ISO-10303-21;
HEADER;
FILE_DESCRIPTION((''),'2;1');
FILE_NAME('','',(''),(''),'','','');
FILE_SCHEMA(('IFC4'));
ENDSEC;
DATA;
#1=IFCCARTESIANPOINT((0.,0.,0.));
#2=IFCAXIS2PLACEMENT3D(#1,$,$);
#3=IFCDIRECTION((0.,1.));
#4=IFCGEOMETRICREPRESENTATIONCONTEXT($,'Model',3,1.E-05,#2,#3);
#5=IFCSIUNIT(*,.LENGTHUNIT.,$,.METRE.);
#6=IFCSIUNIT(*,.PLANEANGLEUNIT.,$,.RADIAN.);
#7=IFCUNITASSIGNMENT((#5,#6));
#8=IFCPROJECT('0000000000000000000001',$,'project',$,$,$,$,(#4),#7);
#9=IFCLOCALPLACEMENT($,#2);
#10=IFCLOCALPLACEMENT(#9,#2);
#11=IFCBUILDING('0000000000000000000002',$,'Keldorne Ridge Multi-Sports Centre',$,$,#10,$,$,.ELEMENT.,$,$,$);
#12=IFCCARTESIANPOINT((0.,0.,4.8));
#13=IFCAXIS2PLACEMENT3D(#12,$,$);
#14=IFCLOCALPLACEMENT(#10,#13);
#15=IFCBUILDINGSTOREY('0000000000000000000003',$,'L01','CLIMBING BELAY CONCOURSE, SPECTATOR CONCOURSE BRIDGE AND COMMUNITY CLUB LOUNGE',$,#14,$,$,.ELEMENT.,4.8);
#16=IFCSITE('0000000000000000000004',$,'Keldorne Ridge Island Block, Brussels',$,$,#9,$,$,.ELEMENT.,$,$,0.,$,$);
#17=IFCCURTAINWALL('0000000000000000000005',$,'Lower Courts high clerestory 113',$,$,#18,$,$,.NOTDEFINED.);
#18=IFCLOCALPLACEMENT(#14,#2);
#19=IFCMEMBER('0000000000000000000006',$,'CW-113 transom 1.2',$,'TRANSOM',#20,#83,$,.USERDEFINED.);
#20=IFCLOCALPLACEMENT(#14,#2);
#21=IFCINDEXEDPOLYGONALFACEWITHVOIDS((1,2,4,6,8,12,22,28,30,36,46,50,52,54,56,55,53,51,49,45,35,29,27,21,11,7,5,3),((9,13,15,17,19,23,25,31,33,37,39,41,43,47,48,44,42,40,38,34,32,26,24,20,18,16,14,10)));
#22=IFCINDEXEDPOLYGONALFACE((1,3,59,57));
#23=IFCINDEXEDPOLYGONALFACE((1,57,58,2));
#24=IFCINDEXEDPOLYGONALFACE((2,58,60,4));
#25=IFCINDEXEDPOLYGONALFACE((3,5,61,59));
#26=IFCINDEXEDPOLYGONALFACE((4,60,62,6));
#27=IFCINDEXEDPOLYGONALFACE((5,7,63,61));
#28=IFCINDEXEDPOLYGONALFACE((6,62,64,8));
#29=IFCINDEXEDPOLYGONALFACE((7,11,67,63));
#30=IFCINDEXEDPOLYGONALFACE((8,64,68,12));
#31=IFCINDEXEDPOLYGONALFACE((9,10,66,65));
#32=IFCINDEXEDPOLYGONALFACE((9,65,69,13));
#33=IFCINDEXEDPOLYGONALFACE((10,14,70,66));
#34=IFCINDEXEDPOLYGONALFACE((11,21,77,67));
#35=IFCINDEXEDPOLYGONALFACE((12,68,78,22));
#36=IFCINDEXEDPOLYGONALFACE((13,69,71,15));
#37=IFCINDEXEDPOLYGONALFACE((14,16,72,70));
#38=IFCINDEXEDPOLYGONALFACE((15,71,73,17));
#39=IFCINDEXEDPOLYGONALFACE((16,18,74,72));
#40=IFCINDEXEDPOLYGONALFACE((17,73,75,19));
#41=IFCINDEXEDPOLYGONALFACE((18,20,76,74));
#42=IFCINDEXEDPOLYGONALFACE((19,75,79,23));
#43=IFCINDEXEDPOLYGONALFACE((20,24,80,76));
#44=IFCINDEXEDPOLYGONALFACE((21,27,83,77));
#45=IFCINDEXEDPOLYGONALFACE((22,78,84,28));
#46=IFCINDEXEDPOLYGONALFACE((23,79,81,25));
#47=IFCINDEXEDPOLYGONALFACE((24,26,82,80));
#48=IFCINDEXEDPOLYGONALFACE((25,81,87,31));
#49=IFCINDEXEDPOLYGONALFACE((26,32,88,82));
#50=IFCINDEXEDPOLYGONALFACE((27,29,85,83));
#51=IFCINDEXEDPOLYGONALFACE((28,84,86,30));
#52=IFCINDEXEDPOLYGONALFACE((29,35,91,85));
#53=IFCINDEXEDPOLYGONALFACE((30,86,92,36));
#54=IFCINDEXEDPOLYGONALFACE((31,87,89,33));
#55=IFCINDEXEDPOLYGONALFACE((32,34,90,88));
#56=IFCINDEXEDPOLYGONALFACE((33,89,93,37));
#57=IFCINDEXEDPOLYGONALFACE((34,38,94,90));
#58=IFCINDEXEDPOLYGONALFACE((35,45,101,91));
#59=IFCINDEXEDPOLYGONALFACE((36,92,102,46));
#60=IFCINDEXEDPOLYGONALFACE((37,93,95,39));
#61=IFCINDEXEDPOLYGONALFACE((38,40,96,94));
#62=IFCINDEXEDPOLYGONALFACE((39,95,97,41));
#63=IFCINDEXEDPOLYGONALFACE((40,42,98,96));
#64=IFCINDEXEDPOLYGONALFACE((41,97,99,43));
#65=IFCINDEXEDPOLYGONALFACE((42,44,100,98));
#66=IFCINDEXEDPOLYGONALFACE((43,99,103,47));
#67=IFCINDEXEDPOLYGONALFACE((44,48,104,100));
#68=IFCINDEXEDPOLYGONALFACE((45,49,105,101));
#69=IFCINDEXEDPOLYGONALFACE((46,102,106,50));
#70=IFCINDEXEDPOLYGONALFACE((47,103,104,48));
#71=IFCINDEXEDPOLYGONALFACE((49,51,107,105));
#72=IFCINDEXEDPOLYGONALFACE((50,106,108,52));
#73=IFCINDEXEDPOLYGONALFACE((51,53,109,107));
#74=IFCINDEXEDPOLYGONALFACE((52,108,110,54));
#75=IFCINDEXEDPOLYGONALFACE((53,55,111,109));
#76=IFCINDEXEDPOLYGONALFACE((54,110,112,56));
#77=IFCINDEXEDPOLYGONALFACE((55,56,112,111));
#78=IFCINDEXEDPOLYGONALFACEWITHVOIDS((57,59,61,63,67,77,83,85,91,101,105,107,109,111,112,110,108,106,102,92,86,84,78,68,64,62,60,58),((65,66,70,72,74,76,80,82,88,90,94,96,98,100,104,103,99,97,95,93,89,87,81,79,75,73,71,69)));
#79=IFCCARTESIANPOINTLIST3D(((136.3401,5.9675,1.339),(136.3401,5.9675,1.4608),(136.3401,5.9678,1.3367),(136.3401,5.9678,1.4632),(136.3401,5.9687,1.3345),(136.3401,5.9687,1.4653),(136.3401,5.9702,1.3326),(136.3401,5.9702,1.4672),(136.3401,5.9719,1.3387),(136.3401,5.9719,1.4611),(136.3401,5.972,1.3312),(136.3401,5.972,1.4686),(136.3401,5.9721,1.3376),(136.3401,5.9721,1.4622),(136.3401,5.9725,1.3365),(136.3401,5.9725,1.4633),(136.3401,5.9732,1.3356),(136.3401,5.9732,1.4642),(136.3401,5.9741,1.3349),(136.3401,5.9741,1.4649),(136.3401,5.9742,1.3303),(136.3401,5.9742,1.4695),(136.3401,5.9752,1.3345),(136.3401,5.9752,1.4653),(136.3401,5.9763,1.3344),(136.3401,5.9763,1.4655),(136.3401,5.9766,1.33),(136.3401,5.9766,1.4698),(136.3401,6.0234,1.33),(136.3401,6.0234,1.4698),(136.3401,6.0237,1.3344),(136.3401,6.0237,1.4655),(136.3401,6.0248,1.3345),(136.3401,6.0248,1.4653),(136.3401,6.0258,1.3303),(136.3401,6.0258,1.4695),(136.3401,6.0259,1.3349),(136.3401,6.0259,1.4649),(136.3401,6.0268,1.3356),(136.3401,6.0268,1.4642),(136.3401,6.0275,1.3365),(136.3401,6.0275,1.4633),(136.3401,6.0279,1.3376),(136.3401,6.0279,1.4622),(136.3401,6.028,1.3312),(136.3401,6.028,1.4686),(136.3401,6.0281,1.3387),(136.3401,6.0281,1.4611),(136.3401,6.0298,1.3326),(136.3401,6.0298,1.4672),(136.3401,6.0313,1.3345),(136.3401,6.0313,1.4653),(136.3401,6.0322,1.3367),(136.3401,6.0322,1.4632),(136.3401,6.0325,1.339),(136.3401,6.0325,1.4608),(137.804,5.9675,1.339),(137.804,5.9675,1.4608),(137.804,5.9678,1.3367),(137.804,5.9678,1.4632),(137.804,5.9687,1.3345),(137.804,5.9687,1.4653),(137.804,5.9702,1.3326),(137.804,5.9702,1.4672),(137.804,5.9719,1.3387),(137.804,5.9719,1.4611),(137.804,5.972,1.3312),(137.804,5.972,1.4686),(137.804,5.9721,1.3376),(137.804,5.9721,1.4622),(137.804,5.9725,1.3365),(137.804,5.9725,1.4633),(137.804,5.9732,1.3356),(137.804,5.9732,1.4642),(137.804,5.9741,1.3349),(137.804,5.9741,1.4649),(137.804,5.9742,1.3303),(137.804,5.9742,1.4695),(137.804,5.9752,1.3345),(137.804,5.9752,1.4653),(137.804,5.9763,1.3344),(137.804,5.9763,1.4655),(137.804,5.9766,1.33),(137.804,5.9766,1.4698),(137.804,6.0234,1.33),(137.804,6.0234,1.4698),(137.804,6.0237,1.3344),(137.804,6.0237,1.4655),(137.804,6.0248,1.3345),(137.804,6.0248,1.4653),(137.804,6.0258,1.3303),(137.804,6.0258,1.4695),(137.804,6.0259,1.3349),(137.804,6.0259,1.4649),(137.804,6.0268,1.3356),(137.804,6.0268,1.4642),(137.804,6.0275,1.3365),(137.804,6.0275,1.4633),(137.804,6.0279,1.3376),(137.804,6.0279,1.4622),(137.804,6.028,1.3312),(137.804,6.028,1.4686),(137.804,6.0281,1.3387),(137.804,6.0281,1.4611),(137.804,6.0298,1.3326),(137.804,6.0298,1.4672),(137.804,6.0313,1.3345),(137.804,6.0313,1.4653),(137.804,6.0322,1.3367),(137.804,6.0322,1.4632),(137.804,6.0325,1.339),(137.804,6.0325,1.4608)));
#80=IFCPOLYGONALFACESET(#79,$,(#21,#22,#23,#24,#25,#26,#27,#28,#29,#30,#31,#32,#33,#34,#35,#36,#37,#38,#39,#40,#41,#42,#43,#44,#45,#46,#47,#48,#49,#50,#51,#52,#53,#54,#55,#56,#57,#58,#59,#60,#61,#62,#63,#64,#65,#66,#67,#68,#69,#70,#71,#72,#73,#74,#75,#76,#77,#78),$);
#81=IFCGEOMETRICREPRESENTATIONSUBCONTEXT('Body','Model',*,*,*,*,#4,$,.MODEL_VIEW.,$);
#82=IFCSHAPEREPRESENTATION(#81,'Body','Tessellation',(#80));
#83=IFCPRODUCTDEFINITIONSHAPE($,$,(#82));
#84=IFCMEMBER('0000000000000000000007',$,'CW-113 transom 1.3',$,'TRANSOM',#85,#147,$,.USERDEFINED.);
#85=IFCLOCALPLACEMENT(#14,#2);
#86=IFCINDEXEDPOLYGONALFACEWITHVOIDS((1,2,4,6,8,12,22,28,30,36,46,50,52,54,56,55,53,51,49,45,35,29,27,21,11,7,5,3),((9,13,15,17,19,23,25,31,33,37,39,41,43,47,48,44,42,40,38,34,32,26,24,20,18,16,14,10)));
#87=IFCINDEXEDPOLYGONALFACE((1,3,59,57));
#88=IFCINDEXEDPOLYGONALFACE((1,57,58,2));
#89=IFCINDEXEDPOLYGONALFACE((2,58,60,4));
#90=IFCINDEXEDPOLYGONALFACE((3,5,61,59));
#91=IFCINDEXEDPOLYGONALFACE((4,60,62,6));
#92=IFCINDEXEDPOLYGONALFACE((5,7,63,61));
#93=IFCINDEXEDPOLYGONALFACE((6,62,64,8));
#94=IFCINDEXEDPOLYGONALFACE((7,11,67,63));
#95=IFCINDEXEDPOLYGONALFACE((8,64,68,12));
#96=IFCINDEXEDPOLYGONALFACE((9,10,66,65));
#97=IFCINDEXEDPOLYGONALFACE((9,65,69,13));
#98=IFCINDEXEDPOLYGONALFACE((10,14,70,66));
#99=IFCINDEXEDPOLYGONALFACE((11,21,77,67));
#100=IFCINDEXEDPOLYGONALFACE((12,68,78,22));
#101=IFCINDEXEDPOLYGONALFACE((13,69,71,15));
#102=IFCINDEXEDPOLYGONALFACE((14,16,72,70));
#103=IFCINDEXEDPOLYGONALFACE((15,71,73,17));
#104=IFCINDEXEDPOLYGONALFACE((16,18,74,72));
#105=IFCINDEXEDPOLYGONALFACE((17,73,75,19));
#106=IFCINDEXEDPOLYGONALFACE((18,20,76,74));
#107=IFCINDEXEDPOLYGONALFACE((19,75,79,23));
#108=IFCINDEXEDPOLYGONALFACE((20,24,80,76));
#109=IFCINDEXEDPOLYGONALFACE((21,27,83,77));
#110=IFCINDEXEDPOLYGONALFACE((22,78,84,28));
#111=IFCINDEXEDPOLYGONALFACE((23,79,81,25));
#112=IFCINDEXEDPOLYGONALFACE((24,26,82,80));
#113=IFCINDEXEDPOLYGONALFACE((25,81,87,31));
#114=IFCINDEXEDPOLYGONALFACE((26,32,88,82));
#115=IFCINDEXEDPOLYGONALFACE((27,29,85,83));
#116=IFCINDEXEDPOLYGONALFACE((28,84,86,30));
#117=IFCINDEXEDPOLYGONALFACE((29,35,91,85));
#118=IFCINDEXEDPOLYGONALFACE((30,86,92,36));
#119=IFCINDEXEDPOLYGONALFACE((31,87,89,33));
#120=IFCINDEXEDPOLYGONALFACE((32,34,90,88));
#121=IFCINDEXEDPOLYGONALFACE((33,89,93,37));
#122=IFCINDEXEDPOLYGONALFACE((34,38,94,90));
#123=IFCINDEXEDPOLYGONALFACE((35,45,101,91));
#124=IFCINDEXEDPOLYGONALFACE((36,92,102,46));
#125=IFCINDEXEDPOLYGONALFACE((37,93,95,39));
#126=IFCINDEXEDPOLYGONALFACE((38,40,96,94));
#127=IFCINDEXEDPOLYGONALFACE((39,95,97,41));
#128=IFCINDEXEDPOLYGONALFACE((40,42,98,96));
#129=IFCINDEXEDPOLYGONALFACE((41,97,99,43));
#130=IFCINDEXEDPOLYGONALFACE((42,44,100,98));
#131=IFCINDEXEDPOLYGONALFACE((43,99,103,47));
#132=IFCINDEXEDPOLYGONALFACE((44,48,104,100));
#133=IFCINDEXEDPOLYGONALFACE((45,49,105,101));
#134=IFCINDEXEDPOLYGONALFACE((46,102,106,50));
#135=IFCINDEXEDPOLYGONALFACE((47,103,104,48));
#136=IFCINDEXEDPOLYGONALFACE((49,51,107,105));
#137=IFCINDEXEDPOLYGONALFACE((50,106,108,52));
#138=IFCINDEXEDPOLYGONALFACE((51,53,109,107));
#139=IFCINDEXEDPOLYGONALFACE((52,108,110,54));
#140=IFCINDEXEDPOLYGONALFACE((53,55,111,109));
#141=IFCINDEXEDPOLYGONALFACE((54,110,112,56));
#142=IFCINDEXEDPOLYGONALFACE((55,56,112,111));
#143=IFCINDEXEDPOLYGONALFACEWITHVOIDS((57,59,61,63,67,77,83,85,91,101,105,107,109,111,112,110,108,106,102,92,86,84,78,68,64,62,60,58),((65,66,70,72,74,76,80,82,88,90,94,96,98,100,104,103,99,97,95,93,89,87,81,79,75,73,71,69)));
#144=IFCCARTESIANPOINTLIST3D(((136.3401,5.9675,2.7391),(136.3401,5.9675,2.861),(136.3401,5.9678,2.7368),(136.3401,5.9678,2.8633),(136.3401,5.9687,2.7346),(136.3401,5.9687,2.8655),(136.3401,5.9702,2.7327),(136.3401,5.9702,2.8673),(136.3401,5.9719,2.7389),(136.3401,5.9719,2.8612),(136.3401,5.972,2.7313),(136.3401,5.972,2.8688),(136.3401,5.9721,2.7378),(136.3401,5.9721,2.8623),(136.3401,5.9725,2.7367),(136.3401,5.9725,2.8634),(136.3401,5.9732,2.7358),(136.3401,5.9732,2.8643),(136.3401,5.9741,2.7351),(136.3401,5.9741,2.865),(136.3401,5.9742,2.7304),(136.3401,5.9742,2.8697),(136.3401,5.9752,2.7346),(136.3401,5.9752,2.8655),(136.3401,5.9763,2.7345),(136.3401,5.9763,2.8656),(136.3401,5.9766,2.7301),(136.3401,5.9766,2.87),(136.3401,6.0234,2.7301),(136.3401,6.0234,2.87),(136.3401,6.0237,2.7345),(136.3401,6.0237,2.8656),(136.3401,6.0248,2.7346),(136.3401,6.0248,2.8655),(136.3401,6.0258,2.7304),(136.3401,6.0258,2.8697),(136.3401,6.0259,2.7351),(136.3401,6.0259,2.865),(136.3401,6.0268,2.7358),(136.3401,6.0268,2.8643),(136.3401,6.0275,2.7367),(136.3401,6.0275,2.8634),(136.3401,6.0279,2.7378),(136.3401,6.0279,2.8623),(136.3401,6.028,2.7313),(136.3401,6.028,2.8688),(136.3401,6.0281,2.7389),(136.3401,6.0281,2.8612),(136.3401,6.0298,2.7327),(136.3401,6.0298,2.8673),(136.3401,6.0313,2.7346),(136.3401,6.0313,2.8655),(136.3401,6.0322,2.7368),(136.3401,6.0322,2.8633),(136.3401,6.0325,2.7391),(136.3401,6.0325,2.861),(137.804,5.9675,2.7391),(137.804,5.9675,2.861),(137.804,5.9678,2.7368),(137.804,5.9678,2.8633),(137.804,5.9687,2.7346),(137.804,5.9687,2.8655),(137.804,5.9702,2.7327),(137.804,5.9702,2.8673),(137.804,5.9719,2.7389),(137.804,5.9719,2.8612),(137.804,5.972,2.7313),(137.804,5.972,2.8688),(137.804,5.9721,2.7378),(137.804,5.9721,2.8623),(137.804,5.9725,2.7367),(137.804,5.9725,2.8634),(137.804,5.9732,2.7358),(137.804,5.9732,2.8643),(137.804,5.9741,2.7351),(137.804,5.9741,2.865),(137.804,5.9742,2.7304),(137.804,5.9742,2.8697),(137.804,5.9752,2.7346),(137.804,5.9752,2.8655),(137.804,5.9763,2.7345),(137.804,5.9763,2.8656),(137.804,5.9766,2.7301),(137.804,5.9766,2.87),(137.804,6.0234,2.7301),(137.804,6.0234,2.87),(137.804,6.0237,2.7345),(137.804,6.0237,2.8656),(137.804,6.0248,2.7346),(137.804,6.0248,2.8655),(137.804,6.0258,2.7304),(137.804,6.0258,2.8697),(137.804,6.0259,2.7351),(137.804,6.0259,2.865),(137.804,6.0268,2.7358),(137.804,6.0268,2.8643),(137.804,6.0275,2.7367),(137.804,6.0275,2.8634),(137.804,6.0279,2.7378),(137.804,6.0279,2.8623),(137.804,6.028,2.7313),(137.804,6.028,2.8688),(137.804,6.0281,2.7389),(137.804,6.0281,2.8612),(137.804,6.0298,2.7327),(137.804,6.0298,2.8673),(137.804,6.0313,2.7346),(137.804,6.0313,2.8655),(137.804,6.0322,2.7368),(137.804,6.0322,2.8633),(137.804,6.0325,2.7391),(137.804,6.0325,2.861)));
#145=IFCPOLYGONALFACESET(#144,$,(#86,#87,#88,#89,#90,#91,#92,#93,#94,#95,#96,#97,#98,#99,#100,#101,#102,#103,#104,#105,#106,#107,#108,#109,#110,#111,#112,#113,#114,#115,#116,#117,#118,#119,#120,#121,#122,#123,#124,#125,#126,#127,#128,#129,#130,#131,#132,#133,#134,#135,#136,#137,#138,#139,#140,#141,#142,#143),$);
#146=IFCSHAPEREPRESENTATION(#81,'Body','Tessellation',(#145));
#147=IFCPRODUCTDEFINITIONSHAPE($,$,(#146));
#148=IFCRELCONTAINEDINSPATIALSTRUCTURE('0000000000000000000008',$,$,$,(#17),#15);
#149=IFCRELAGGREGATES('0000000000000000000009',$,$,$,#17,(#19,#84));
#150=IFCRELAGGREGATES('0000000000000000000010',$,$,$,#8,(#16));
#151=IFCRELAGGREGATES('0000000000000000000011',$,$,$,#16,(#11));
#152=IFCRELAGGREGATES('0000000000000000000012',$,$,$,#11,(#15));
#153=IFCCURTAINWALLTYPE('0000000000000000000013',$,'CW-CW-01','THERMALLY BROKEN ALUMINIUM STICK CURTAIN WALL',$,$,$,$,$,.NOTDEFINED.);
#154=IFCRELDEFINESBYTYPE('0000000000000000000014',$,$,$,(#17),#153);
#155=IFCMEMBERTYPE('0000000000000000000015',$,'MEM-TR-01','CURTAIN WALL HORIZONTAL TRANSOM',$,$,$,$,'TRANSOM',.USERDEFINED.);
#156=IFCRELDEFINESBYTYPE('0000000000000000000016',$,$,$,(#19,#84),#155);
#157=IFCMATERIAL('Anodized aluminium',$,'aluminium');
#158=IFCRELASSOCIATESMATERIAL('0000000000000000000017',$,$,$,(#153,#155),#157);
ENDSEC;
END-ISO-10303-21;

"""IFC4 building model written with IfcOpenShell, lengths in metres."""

from ifc_helpers import new_model, si_unit, direction, frame, origin, origin_2d, place, context, subcontext, project, spatial, hollow_rectangle, extrude, material, material_profile, profile_set, type_object, element, aggregate, save


model = new_model("IFC4")

# Units and contexts
model_context = context("Model", 3, precision=1e-05, world=origin(), true_north=direction((0.0, 1.0)))
body_context = subcontext(model_context, "Body", "Model", "MODEL_VIEW")
ifc_project = project(units=[si_unit("LENGTHUNIT", "METRE"), si_unit("PLANEANGLEUNIT", "RADIAN")], contexts=[model_context])

# Site, building, storey
site_placement = place(None, origin())
site = spatial("IfcSite", under=ifc_project, at=site_placement, Name="Keldorne Ridge Island Block, Brussels", CompositionType="ELEMENT", RefElevation=0.0)
building_placement = place(site_placement, origin())
building = spatial("IfcBuilding", under=site, at=building_placement, Name="Keldorne Ridge Multi-Sports Centre", CompositionType="ELEMENT")
storey_placement = place(building_placement, frame((0.0, 0.0, 4.8)))
storey = spatial("IfcBuildingStorey", under=building, at=storey_placement, Name="L01", Description="CLIMBING BELAY CONCOURSE, SPECTATOR CONCOURSE BRIDGE AND COMMUNITY CLUB LOUNGE", CompositionType="ELEMENT", Elevation=4.8)

# Curtain wall, members
ifc_material_1 = material(Name="Anodized aluminium", Category="aluminium")
curtain_wall_type = type_object("IfcCurtainWallType", Name="CW-CW-01", Description="THERMALLY BROKEN ALUMINIUM STICK CURTAIN WALL", PredefinedType="NOTDEFINED", material=ifc_material_1)
curtain_wall_placement = place(storey_placement, origin())
curtain_wall = element("IfcCurtainWall", 1, at=curtain_wall_placement, inside=storey, type_object=curtain_wall_type, Name="Lower Courts high clerestory 113", PredefinedType="NOTDEFINED")
ifc_material_profile_1 = material_profile(ifc_material_1, hollow_rectangle(XDim=0.0649, YDim=0.1399, WallThickness=0.0044, InnerFilletRadius=0.0044, OuterFilletRadius=0.009, at=origin_2d()), Name="ALU TRANSOM 140x65x4.5")
ifc_profile_set_1 = profile_set([ifc_material_profile_1], Name="Anodized aluminium")
member_type_1 = type_object("IfcMemberType", Name="MEM-TR-01", Description="CURTAIN WALL HORIZONTAL TRANSOM", ElementType="TRANSOM", PredefinedType="USERDEFINED", material=ifc_profile_set_1)
member_1_placement = place(storey_placement, frame((136.3401, 6.0, 1.3999), z_axis=(1.0, 0.0, 0.0), x_axis=(0.0, 1.0, 0.0)))
member_1 = element("IfcMember", 2, at=member_1_placement, type_object=member_type_1, Name="CW-113 transom 1.2", ObjectType="TRANSOM", PredefinedType="USERDEFINED", context=body_context, shape_type="SweptSolid", body=[
    extrude(hollow_rectangle(XDim=0.0649, YDim=0.1399, WallThickness=0.0044, InnerFilletRadius=0.0044, OuterFilletRadius=0.009, at=origin_2d()), origin(), (0.0, 0.0, 1.0), 1.4639),
])
member_2_placement = place(storey_placement, frame((136.3401, 6.0, 2.8), z_axis=(1.0, 0.0, 0.0), x_axis=(0.0, 1.0, 0.0)))
member_2 = element("IfcMember", 3, at=member_2_placement, type_object=member_type_1, Name="CW-113 transom 1.3", ObjectType="TRANSOM", PredefinedType="USERDEFINED", context=body_context, shape_type="SweptSolid", body=[
    extrude(hollow_rectangle(XDim=0.0649, YDim=0.1399, WallThickness=0.0044, InnerFilletRadius=0.0044, OuterFilletRadius=0.009, at=origin_2d()), origin(), (0.0, 0.0, 1.0), 1.4639),
])
aggregate(curtain_wall, [member_1, member_2])

save(model, "model.ifc")
